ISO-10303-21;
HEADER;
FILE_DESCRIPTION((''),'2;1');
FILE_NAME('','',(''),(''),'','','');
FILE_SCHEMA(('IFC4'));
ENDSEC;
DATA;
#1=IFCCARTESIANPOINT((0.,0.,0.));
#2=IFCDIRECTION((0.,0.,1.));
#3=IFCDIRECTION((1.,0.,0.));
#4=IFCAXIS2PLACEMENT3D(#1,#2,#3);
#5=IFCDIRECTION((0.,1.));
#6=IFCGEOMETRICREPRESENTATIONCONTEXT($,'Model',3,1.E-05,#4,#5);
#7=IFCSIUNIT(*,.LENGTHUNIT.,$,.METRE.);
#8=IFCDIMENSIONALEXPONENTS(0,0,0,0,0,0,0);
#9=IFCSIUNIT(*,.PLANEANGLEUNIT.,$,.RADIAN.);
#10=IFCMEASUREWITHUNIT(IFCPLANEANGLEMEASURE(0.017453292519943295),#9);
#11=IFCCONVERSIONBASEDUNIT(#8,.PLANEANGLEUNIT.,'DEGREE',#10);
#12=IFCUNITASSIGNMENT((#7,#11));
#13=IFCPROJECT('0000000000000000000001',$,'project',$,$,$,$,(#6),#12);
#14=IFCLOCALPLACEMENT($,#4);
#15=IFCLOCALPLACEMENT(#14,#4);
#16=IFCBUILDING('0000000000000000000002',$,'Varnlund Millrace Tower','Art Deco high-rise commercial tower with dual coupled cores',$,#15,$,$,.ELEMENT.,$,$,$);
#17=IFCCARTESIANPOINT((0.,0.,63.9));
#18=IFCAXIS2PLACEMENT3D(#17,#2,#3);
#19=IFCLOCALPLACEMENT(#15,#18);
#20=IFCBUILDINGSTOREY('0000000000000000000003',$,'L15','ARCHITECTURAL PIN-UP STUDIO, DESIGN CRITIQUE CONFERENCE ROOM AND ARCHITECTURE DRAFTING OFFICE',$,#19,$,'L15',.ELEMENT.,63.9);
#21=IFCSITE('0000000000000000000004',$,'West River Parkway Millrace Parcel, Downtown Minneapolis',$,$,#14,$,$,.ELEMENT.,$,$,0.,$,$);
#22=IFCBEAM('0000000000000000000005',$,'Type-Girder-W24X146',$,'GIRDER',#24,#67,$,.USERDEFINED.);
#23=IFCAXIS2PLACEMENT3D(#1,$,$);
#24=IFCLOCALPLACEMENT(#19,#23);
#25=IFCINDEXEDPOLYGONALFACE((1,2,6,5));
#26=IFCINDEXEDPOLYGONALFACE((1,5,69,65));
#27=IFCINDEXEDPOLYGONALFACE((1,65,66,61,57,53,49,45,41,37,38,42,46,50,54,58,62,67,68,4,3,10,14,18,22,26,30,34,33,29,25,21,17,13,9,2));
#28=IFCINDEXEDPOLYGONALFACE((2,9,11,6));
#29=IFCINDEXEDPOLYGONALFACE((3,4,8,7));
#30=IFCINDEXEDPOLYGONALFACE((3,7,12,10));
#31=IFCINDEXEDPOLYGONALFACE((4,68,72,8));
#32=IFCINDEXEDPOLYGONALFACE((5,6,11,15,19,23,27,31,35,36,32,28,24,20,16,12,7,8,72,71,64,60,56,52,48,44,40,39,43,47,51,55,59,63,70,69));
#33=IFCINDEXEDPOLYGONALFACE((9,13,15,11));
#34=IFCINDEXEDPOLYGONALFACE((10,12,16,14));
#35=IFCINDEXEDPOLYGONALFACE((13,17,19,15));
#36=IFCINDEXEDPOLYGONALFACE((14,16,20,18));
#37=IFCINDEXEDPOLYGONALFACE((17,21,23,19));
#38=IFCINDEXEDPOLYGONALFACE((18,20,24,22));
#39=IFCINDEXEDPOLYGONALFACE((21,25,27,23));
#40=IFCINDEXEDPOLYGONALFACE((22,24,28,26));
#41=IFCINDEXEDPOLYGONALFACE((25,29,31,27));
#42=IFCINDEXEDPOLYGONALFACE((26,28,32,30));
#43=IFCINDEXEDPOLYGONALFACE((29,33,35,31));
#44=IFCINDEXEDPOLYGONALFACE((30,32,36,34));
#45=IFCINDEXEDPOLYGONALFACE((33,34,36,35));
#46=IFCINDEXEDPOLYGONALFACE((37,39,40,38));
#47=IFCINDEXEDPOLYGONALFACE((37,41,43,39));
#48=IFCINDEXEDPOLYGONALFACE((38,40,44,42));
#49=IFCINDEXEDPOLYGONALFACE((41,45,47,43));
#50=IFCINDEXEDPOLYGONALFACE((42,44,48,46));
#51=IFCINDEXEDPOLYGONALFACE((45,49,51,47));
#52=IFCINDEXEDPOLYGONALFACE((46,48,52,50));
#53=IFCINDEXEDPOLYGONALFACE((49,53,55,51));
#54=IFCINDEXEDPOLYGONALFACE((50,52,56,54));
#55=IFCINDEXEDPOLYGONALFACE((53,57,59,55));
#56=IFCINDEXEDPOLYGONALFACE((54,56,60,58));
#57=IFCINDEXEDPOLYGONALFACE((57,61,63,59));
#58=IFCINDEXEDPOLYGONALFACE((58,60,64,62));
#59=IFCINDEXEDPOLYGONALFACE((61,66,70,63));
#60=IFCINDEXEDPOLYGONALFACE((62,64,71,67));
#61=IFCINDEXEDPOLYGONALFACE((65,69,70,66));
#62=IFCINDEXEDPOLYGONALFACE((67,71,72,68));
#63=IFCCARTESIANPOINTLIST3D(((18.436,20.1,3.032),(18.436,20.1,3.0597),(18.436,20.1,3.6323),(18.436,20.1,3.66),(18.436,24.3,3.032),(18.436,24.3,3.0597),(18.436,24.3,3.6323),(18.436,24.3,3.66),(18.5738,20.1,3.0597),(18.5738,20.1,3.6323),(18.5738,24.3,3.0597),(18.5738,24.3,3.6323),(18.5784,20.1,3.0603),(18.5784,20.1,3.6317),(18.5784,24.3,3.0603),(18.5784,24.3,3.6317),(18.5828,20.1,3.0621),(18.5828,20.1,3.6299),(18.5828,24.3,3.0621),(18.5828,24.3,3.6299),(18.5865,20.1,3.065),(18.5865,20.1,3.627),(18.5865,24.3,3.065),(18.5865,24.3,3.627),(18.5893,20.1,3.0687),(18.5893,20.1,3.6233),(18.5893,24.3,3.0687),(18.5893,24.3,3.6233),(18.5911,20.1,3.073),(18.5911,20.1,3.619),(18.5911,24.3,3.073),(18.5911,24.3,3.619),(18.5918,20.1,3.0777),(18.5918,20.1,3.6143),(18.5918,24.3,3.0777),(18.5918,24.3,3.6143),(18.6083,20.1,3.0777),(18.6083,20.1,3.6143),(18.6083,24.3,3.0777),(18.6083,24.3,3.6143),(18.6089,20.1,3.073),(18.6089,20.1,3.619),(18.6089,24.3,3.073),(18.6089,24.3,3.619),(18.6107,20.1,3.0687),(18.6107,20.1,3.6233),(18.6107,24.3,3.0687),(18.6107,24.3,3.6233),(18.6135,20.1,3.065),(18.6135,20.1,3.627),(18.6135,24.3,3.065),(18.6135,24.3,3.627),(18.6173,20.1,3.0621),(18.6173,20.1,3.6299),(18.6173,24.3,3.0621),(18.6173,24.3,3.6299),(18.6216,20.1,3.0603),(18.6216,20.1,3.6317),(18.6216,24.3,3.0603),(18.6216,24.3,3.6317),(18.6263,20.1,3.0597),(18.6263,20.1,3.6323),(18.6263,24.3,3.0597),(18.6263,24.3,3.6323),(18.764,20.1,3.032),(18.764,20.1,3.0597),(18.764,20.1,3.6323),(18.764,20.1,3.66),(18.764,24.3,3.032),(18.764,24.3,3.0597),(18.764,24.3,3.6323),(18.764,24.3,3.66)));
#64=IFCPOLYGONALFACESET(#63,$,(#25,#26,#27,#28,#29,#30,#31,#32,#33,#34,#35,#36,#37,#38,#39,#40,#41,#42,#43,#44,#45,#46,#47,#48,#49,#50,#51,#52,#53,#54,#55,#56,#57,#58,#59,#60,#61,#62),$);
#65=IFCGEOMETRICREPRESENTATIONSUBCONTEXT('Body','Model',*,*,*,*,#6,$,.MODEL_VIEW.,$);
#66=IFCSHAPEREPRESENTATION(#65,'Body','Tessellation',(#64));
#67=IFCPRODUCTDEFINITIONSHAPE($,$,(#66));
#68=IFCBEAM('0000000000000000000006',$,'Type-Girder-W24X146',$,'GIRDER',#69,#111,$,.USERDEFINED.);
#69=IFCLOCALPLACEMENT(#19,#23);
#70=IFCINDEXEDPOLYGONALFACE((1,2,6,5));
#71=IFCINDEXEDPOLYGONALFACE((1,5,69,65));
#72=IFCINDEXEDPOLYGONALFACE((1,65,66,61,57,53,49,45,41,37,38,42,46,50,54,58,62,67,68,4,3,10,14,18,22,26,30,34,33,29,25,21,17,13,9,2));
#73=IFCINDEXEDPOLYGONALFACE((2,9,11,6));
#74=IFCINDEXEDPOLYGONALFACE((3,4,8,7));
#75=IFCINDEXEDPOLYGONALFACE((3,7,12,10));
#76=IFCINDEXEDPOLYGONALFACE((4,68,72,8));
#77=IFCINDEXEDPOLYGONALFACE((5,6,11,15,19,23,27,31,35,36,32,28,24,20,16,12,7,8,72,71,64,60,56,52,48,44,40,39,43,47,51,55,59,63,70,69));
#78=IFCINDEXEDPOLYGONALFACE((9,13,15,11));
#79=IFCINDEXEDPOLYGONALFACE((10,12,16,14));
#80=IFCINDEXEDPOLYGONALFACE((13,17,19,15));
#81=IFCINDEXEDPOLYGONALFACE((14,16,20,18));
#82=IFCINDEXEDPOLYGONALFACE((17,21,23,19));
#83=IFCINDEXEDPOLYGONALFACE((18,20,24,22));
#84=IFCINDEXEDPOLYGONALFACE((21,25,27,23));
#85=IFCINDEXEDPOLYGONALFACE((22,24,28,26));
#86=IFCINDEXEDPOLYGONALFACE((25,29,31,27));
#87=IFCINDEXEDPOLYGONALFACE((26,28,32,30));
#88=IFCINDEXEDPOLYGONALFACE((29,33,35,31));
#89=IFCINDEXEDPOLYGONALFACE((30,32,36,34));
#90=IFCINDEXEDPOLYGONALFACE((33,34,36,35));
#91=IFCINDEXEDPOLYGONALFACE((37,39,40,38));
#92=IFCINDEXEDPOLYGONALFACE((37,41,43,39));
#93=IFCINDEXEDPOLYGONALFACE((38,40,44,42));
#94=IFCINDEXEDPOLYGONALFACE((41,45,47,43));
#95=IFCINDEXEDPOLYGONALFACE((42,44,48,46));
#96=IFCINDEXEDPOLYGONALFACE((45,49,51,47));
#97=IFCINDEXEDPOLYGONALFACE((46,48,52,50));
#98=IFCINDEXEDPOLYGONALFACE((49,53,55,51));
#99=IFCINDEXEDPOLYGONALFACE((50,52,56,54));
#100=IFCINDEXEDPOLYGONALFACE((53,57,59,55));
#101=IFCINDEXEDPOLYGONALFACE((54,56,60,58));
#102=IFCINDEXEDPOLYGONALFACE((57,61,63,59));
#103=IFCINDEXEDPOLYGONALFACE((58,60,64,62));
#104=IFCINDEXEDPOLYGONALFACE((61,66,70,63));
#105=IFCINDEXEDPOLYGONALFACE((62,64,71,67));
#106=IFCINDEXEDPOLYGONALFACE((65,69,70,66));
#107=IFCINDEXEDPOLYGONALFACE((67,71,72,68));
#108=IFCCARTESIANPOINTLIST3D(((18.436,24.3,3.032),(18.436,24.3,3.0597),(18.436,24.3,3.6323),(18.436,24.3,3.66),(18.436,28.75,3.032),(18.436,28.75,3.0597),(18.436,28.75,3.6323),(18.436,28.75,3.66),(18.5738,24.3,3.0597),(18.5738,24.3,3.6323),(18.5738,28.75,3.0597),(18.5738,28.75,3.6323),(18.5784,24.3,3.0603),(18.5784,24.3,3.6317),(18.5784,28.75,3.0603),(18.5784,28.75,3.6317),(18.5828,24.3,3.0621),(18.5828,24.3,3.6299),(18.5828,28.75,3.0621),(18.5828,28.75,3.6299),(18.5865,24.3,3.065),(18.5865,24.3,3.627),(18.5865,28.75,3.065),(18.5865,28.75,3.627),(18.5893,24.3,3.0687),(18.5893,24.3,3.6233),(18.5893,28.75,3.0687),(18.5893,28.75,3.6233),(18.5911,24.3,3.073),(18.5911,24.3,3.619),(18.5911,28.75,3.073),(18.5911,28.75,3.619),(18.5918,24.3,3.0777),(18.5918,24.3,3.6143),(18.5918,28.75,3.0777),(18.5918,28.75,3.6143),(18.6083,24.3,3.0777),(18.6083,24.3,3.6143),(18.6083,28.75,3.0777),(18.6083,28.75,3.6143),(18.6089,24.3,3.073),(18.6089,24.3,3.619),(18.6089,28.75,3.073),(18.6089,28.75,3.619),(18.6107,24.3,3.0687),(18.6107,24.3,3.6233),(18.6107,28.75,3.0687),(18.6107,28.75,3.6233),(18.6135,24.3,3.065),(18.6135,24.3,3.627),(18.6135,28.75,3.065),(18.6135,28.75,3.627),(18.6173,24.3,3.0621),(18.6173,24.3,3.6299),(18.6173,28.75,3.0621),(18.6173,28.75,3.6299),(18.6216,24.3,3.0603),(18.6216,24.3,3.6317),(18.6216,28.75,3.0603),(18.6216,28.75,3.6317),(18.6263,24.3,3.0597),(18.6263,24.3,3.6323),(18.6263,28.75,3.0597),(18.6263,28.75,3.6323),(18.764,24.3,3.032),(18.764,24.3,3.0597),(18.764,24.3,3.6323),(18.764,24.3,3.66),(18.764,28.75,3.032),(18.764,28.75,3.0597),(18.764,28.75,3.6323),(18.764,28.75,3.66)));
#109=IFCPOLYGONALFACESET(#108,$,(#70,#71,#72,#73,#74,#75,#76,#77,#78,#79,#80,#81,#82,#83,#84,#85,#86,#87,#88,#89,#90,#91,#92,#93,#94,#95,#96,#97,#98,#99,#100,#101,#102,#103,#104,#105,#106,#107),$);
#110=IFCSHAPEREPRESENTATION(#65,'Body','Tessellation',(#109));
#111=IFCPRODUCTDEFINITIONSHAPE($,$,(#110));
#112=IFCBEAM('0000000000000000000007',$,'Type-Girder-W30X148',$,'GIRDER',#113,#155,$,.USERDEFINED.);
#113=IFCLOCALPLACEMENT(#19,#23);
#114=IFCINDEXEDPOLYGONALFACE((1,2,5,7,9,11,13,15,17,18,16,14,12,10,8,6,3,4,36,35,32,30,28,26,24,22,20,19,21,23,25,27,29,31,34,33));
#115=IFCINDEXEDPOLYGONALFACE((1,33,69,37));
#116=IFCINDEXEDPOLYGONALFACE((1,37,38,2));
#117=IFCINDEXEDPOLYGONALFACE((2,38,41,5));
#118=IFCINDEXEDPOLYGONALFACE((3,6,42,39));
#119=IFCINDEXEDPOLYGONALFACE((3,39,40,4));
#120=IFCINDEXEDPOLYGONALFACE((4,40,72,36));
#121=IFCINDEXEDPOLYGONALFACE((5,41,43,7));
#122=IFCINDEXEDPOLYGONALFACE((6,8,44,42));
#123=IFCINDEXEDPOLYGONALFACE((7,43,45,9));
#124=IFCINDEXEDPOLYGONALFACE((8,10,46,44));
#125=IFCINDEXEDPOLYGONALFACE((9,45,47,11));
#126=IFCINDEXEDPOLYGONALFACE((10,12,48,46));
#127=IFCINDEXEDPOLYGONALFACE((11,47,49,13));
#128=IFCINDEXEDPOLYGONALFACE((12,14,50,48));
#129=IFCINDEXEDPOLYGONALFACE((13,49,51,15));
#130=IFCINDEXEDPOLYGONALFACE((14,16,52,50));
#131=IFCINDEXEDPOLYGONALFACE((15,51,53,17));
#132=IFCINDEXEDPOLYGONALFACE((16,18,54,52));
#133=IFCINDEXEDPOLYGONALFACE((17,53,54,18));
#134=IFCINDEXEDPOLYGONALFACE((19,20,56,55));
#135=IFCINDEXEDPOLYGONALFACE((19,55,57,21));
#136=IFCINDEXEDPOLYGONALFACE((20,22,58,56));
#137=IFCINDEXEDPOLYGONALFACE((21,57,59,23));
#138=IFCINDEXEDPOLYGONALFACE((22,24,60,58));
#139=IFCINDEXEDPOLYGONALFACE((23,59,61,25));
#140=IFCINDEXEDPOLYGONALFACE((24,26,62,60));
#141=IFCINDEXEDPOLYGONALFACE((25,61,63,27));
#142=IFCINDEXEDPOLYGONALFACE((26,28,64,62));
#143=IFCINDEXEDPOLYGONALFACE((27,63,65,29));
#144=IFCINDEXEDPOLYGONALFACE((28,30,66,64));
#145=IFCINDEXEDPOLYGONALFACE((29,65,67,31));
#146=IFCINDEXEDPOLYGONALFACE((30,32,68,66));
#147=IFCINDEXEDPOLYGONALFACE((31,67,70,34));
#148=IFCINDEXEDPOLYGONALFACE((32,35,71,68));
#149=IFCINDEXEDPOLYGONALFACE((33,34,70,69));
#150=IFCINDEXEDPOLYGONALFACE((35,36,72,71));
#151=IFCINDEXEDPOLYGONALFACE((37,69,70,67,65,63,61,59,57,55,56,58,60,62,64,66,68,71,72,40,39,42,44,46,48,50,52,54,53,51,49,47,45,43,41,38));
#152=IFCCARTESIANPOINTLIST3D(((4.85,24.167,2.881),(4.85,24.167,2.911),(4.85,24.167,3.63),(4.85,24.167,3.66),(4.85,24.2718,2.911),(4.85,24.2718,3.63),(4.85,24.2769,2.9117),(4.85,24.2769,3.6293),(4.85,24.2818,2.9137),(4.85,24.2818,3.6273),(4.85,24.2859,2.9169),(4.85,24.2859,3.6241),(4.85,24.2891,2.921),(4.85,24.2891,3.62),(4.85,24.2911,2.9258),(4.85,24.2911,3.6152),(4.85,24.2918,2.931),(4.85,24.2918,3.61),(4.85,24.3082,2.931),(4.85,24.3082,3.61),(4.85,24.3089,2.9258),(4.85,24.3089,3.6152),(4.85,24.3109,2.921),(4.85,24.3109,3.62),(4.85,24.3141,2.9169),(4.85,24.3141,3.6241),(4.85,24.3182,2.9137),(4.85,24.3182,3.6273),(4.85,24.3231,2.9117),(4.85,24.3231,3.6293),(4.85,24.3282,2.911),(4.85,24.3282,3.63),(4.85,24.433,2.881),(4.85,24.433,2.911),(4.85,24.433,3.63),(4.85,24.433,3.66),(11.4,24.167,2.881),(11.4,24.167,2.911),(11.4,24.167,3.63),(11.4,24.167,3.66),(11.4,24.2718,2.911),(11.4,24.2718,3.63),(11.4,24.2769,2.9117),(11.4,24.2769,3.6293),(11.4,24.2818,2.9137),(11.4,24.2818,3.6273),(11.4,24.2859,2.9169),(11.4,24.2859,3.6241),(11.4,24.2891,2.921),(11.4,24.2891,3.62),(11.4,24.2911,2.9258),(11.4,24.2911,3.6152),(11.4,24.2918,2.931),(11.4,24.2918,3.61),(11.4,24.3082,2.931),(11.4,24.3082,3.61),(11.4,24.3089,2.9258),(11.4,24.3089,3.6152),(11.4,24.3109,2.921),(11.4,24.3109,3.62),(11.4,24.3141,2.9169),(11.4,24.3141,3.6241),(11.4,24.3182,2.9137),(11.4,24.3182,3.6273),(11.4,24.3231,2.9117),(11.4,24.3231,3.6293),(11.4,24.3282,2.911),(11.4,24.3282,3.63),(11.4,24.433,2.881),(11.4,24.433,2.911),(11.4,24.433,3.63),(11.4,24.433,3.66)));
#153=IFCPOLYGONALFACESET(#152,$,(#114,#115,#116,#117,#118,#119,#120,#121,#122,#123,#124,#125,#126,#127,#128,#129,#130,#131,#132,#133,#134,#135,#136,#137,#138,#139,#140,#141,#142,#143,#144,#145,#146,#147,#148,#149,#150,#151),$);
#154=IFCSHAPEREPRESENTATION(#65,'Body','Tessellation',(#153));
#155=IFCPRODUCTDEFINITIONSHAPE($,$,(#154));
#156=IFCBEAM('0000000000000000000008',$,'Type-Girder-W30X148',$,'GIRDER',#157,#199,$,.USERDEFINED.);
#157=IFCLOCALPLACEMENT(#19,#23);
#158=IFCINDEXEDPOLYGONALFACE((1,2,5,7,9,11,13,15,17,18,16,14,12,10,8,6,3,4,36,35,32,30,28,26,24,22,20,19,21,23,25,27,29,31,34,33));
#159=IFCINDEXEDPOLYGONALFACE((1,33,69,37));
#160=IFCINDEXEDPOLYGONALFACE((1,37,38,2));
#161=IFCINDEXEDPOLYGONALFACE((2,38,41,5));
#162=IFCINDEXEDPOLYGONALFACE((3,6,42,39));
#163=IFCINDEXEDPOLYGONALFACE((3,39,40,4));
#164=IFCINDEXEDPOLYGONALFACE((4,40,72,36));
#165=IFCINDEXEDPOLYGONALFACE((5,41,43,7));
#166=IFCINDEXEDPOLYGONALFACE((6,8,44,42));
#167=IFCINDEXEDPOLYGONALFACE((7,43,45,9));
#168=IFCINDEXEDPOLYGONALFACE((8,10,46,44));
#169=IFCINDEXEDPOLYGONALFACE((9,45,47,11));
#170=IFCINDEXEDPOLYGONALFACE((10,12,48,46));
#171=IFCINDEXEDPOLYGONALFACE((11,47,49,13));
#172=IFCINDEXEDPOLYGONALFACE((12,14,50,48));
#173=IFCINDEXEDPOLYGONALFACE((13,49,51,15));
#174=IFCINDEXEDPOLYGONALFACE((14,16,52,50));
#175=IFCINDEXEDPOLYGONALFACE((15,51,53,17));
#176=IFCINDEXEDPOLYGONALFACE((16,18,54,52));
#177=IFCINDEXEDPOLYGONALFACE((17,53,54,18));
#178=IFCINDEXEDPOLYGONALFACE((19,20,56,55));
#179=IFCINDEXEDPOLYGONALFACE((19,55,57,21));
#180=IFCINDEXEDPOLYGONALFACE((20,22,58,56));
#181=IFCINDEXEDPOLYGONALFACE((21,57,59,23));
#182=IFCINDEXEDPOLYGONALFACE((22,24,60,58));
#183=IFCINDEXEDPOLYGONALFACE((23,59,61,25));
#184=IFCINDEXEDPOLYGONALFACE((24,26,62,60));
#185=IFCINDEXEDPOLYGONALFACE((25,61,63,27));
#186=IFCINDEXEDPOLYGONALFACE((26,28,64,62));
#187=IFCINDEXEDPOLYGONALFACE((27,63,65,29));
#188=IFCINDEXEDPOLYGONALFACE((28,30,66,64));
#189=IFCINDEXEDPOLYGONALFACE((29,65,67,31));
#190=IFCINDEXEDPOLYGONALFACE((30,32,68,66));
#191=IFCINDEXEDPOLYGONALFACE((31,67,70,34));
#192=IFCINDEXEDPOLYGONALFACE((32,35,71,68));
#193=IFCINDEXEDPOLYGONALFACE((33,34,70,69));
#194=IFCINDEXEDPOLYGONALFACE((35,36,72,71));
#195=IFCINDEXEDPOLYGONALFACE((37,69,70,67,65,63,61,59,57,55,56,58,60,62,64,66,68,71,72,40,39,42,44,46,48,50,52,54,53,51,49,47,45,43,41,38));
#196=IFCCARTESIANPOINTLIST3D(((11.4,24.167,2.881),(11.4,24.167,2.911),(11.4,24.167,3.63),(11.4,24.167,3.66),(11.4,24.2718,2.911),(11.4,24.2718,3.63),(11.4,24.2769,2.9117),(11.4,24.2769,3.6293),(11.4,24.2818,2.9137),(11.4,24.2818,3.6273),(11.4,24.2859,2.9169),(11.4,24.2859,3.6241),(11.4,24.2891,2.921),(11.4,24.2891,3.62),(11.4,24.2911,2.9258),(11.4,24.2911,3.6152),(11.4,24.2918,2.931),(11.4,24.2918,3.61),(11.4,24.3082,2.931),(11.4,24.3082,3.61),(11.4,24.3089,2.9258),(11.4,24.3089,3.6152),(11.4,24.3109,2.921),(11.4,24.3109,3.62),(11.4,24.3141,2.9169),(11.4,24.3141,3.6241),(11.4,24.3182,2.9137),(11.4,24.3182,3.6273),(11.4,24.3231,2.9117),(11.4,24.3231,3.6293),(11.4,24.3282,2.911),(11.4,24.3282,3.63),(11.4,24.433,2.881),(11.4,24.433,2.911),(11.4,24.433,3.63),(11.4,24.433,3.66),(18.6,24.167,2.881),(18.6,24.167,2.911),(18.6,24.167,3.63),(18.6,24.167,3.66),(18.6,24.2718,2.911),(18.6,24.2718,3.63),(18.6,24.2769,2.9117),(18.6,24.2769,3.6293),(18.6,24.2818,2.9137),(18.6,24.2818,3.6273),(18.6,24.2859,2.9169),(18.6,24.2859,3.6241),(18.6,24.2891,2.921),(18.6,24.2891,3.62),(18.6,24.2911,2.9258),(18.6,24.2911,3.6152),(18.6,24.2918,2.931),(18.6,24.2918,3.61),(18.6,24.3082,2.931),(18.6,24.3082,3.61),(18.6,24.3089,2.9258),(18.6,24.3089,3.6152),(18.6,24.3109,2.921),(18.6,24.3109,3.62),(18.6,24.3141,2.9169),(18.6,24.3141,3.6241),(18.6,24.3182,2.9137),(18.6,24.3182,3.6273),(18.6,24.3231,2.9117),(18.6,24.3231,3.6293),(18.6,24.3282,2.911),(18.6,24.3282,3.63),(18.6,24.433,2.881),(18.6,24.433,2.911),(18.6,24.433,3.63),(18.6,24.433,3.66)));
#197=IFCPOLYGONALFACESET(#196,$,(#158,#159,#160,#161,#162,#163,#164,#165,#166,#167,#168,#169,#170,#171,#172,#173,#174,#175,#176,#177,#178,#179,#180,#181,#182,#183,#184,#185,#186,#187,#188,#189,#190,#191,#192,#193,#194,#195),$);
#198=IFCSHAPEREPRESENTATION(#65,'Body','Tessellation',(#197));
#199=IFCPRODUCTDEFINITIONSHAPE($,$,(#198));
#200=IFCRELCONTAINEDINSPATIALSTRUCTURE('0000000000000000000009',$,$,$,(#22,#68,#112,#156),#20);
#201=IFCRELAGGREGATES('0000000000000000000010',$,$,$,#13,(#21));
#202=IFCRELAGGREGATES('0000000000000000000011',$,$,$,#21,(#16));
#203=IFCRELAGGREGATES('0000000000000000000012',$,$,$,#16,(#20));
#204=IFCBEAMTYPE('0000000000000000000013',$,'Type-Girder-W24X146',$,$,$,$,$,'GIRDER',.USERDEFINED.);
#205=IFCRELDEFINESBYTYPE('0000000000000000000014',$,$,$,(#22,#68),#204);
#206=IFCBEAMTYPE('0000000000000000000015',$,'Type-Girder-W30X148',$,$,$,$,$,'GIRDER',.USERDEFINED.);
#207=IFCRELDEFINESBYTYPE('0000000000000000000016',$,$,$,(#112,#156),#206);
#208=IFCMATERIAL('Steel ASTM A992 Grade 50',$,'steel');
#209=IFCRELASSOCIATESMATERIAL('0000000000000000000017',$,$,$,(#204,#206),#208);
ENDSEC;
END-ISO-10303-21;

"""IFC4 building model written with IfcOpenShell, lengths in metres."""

from ifc_helpers import new_model, entity, si_unit, converted_unit, direction, frame, origin_with_axes, origin_2d_with_axis, place, context, subcontext, project, spatial, i_section, extrude, material, material_profile, profile_set, type_object, element, save


model = new_model("IFC4")

# Units and contexts
model_context = context("Model", 3, precision=1e-05, world=origin_with_axes(), true_north=direction((0.0, 1.0)))
body_context = subcontext(model_context, "Body", "Model", "MODEL_VIEW")
ifc_project = project(units=[si_unit("LENGTHUNIT", "METRE"), converted_unit("PLANEANGLEUNIT", "DEGREE", entity("IfcPlaneAngleMeasure", 0.017453292519943295), si_unit("PLANEANGLEUNIT", "RADIAN"), dimensions=[0, 0, 0, 0, 0, 0, 0])], contexts=[model_context])

# Site, building, storey
site_placement = place(None, origin_with_axes())
site = spatial("IfcSite", under=ifc_project, at=site_placement, Name="West River Parkway Millrace Parcel, Downtown Minneapolis", CompositionType="ELEMENT", RefElevation=0.0)
building_placement = place(site_placement, origin_with_axes())
building = spatial("IfcBuilding", under=site, at=building_placement, Name="Varnlund Millrace Tower", Description="Art Deco high-rise commercial tower with dual coupled cores", CompositionType="ELEMENT")
storey_placement = place(building_placement, frame((0.0, 0.0, 63.9), z_axis=(0.0, 0.0, 1.0), x_axis=(1.0, 0.0, 0.0)))
storey = spatial("IfcBuildingStorey", under=building, at=storey_placement, Name="L15", Description="ARCHITECTURAL PIN-UP STUDIO, DESIGN CRITIQUE CONFERENCE ROOM AND ARCHITECTURE DRAFTING OFFICE", LongName="L15", CompositionType="ELEMENT", Elevation=63.9)

# Beams
ifc_material_1 = material(Name="Steel ASTM A992 Grade 50", Category="steel")
ifc_material_profile_1 = material_profile(ifc_material_1, i_section(OverallWidth=0.328, OverallDepth=0.628, WebThickness=0.0165, FlangeThickness=0.0277, FilletRadius=0.018, at=origin_2d_with_axis()), Name="Steel ASTM A992 Grade 50")
ifc_profile_set_1 = profile_set([ifc_material_profile_1], Name="Steel ASTM A992 Grade 50")
beam_type_1 = type_object("IfcBeamType", Name="Type-Girder-W24X146", ElementType="GIRDER", PredefinedType="USERDEFINED", material=ifc_profile_set_1)
beam_1_placement = place(storey_placement, frame((18.6, 20.1, 3.346), z_axis=(0.0, 1.0, 0.0), x_axis=(-1.0, 0.0, 0.0)))
element("IfcBeam", 1, at=beam_1_placement, inside=storey, type_object=beam_type_1, Name="Type-Girder-W24X146", ObjectType="GIRDER", PredefinedType="USERDEFINED", context=body_context, shape_type="SweptSolid", body=[
    extrude(i_section(OverallWidth=0.328, OverallDepth=0.628, WebThickness=0.0165, FlangeThickness=0.0277, FilletRadius=0.018, at=origin_2d_with_axis()), origin_with_axes(), (0.0, 0.0, 1.0), 4.2),
])
beam_2_placement = place(storey_placement, frame((18.6, 24.3, 3.346), z_axis=(0.0, 1.0, 0.0), x_axis=(-1.0, 0.0, 0.0)))
element("IfcBeam", 2, at=beam_2_placement, inside=storey, type_object=beam_type_1, Name="Type-Girder-W24X146", ObjectType="GIRDER", PredefinedType="USERDEFINED", context=body_context, shape_type="SweptSolid", body=[
    extrude(i_section(OverallWidth=0.328, OverallDepth=0.628, WebThickness=0.0165, FlangeThickness=0.0277, FilletRadius=0.018, at=origin_2d_with_axis()), origin_with_axes(), (0.0, 0.0, 1.0), 4.45),
])
ifc_material_profile_2 = material_profile(ifc_material_1, i_section(OverallWidth=0.266, OverallDepth=0.779, WebThickness=0.0165, FlangeThickness=0.03, FilletRadius=0.02, at=origin_2d_with_axis()), Name="Steel ASTM A992 Grade 50")
ifc_profile_set_2 = profile_set([ifc_material_profile_2], Name="Steel ASTM A992 Grade 50")
beam_type_2 = type_object("IfcBeamType", Name="Type-Girder-W30X148", ElementType="GIRDER", PredefinedType="USERDEFINED", material=ifc_profile_set_2)
beam_3_placement = place(storey_placement, frame((4.85, 24.3, 3.2705), z_axis=(1.0, 0.0, 0.0), x_axis=(0.0, 1.0, 0.0)))
element("IfcBeam", 3, at=beam_3_placement, inside=storey, type_object=beam_type_2, Name="Type-Girder-W30X148", ObjectType="GIRDER", PredefinedType="USERDEFINED", context=body_context, shape_type="SweptSolid", body=[
    extrude(i_section(OverallWidth=0.266, OverallDepth=0.779, WebThickness=0.0165, FlangeThickness=0.03, FilletRadius=0.02, at=origin_2d_with_axis()), origin_with_axes(), (0.0, 0.0, 1.0), 6.55),
])
beam_4_placement = place(storey_placement, frame((11.4, 24.3, 3.2705), z_axis=(1.0, 0.0, 0.0), x_axis=(0.0, 1.0, 0.0)))
element("IfcBeam", 4, at=beam_4_placement, inside=storey, type_object=beam_type_2, Name="Type-Girder-W30X148", ObjectType="GIRDER", PredefinedType="USERDEFINED", context=body_context, shape_type="SweptSolid", body=[
    extrude(i_section(OverallWidth=0.266, OverallDepth=0.779, WebThickness=0.0165, FlangeThickness=0.03, FilletRadius=0.02, at=origin_2d_with_axis()), origin_with_axes(), (0.0, 0.0, 1.0), 7.2),
])

save(model, "model.ifc")
